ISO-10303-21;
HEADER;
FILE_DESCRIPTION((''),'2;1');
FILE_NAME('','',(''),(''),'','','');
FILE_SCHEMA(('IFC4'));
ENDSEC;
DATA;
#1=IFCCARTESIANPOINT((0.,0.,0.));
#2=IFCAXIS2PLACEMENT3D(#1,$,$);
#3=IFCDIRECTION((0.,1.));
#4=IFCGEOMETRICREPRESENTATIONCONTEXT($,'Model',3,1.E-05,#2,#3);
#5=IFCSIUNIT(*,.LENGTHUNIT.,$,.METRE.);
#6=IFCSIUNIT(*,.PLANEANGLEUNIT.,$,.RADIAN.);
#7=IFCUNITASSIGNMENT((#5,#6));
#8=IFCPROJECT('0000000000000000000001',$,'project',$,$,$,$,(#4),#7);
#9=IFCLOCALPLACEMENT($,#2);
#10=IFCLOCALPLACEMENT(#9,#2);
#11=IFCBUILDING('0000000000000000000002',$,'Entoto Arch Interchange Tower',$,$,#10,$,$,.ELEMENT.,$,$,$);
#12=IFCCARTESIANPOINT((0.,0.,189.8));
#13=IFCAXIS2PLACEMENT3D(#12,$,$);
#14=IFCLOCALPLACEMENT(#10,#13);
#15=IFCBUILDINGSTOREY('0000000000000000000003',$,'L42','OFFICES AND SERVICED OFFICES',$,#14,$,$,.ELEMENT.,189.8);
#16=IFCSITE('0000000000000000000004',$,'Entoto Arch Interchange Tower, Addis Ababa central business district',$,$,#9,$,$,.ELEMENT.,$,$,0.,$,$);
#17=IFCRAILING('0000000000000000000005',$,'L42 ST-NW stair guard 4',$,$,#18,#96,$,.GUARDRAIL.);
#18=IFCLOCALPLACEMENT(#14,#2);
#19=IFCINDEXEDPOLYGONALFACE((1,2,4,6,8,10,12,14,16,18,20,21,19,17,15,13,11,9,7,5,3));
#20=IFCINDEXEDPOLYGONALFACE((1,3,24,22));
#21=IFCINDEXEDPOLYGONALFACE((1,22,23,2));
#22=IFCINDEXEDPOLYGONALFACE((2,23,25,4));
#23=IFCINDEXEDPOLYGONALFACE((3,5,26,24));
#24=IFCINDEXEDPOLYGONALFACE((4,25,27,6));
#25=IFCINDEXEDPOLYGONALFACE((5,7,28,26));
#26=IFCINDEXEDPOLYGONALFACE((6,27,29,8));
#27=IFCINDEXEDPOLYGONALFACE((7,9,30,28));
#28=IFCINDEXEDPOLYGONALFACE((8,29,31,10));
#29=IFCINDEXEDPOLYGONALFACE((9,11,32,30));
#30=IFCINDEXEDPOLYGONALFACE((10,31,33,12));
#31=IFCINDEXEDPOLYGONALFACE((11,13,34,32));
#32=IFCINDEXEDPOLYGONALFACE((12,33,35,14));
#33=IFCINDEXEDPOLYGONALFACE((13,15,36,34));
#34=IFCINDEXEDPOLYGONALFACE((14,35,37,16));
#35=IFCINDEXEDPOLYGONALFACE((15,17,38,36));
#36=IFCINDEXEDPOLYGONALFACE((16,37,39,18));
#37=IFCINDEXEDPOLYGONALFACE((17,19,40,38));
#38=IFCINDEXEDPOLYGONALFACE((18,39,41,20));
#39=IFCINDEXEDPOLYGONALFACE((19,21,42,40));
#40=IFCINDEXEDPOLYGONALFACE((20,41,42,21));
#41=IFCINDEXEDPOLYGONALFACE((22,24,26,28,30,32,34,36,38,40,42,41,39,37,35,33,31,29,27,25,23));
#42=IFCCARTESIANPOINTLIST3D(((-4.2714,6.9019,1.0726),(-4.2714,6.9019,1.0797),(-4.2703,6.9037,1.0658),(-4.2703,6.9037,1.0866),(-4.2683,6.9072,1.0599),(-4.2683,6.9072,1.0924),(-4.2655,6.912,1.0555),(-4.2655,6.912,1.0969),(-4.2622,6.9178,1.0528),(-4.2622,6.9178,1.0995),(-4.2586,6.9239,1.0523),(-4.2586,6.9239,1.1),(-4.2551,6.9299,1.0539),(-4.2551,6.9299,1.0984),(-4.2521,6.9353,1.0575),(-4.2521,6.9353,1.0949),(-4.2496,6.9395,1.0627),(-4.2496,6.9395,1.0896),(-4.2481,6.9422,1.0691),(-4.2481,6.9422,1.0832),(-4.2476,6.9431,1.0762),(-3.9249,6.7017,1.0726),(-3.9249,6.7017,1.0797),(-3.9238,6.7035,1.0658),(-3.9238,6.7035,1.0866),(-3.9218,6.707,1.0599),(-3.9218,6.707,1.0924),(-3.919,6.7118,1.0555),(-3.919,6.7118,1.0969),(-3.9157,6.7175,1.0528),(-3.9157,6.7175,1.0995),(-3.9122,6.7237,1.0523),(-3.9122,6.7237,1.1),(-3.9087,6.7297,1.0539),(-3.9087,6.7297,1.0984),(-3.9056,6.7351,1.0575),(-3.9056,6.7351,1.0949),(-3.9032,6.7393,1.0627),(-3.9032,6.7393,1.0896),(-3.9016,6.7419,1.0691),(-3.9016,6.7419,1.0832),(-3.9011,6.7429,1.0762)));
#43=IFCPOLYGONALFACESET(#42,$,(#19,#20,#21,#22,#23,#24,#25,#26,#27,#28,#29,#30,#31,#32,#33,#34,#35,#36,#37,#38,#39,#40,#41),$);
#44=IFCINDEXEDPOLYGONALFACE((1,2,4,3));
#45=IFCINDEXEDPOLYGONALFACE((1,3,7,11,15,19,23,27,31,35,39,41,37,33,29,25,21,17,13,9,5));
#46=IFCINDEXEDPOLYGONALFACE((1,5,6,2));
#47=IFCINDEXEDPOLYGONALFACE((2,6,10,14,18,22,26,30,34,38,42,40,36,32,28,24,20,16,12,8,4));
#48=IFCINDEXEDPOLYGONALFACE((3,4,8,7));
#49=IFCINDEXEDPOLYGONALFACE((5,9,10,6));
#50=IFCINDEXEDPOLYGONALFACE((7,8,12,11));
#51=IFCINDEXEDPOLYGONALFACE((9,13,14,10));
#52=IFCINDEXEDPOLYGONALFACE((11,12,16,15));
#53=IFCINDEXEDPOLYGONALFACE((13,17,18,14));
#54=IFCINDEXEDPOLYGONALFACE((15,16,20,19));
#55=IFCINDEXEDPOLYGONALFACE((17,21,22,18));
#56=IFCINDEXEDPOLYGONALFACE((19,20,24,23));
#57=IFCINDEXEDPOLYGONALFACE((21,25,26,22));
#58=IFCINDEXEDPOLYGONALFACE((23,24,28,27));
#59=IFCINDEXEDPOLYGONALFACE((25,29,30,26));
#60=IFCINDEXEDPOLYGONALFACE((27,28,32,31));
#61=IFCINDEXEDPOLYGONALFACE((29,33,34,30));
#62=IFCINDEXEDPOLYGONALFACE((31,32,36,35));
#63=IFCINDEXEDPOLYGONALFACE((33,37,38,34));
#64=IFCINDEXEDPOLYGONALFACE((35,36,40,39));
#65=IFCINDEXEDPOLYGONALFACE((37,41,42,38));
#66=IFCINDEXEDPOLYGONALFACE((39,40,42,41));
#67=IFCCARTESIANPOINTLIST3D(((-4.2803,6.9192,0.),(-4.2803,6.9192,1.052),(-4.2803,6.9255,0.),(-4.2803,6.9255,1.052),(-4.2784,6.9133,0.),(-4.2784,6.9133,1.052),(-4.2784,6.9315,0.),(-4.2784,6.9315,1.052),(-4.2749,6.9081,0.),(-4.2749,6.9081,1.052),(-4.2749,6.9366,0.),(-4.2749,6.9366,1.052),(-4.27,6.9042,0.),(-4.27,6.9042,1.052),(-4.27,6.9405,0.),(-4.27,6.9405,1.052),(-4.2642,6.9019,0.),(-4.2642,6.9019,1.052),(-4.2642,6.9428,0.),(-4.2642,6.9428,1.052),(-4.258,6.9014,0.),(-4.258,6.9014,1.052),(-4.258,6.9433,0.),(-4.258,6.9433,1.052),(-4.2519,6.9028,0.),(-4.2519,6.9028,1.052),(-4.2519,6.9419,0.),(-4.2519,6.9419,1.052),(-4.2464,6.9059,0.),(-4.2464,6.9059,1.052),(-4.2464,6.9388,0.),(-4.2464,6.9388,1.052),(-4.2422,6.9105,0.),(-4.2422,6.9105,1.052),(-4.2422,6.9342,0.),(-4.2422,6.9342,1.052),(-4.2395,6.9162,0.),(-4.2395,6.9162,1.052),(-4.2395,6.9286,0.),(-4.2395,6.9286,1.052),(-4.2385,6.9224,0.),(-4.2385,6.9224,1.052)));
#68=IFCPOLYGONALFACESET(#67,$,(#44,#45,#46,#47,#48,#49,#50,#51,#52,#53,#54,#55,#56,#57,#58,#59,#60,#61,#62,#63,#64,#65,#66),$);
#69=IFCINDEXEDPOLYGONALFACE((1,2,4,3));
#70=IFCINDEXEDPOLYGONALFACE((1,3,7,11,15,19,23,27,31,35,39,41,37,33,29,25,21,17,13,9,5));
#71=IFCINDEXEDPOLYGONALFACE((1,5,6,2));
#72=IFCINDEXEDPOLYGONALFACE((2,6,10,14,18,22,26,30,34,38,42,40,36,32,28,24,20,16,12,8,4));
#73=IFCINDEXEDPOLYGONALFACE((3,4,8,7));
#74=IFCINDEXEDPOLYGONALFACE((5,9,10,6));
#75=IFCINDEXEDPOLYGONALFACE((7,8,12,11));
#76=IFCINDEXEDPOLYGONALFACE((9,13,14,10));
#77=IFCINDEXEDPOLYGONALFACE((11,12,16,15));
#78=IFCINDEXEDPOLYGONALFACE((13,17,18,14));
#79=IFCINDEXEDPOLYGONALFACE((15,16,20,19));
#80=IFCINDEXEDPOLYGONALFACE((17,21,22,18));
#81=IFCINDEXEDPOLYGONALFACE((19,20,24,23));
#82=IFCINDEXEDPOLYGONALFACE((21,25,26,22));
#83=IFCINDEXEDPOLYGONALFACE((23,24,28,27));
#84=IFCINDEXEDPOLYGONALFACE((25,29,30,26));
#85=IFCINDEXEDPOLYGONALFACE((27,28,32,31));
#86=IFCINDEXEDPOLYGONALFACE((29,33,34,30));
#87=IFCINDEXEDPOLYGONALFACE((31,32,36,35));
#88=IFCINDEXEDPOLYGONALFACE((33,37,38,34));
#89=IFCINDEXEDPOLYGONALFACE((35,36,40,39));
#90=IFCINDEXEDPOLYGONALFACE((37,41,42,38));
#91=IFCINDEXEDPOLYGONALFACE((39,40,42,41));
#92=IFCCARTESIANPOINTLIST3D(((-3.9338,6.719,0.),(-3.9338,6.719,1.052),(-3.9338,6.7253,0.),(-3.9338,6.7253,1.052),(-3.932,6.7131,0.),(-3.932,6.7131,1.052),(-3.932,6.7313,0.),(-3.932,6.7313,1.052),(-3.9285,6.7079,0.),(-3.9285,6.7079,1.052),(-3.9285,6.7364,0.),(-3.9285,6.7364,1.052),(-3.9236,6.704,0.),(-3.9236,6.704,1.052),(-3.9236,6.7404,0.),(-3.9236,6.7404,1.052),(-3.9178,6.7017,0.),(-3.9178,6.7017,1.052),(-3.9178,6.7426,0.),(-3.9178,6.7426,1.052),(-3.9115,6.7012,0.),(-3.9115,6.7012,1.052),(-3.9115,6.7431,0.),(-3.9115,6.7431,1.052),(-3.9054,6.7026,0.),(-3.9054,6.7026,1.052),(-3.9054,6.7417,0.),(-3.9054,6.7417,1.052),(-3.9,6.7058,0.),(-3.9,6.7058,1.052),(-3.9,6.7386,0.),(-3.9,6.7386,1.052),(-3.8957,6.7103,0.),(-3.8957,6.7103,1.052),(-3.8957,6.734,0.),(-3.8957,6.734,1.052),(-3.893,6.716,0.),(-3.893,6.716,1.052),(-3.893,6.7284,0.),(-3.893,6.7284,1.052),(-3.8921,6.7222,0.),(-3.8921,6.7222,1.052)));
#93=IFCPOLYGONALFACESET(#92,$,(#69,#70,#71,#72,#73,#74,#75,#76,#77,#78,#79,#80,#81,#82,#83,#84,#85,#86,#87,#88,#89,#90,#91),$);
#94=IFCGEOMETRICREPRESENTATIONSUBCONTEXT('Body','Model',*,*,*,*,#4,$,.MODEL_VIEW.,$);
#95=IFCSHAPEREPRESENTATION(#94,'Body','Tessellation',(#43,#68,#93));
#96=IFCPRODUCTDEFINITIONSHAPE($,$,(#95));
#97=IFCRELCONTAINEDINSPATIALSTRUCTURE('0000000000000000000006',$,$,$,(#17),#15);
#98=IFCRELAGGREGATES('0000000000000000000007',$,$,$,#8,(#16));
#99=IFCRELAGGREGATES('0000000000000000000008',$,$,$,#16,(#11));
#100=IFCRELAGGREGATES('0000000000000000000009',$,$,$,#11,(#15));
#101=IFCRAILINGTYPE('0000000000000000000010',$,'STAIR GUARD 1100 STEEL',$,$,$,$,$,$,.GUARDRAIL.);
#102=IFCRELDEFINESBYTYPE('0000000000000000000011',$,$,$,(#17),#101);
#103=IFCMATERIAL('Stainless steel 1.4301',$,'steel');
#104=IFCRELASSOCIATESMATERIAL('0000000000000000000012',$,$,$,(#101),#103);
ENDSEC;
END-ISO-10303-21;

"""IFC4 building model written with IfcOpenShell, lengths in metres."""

from ifc_helpers import new_model, si_unit, direction, frame, origin, origin_2d, place, context, subcontext, project, spatial, circle, extrude, material, type_object, element, save


model = new_model("IFC4")

# Units and contexts
model_context = context("Model", 3, precision=1e-05, world=origin(), true_north=direction((0.0, 1.0)))
body_context = subcontext(model_context, "Body", "Model", "MODEL_VIEW")
ifc_project = project(units=[si_unit("LENGTHUNIT", "METRE"), si_unit("PLANEANGLEUNIT", "RADIAN")], contexts=[model_context])

# Site, building, storey
site_placement = place(None, origin())
site = spatial("IfcSite", under=ifc_project, at=site_placement, Name="Entoto Arch Interchange Tower, Addis Ababa central business district", CompositionType="ELEMENT", RefElevation=0.0)
building_placement = place(site_placement, origin())
building = spatial("IfcBuilding", under=site, at=building_placement, Name="Entoto Arch Interchange Tower", CompositionType="ELEMENT")
storey_placement = place(building_placement, frame((0.0, 0.0, 189.8)))
storey = spatial("IfcBuildingStorey", under=building, at=storey_placement, Name="L42", Description="OFFICES AND SERVICED OFFICES", CompositionType="ELEMENT", Elevation=189.8)

# Railing
ifc_material_1 = material(Name="Stainless steel 1.4301", Category="steel")
railing_type_1 = type_object("IfcRailingType", Name="STAIR GUARD 1100 STEEL", PredefinedType="GUARDRAIL", material=ifc_material_1)
railing_1_placement = place(storey_placement, frame((-4.2595, 6.9224, 0.0)))
element("IfcRailing", 1, at=railing_1_placement, inside=storey, type_object=railing_type_1, Name="L42 ST-NW stair guard 4", PredefinedType="GUARDRAIL", context=body_context, shape_type="SweptSolid", body=[
    extrude(circle(Radius=0.0239, at=origin_2d()), frame((0.0, 0.0, 1.0762), z_axis=(0.86583, -0.500339, 0.0), x_axis=(0.500339, 0.86583, 0.0)), (0.0, 0.0, 1.0), 0.4001),
    extrude(circle(Radius=0.021, at=origin_2d()), origin(), (0.0, 0.0, 1.0), 1.052),
    extrude(circle(Radius=0.021, at=origin_2d()), frame((0.3464, -0.2002, 0.0)), (0.0, 0.0, 1.0), 1.052),
])

save(model, "model.ifc")
